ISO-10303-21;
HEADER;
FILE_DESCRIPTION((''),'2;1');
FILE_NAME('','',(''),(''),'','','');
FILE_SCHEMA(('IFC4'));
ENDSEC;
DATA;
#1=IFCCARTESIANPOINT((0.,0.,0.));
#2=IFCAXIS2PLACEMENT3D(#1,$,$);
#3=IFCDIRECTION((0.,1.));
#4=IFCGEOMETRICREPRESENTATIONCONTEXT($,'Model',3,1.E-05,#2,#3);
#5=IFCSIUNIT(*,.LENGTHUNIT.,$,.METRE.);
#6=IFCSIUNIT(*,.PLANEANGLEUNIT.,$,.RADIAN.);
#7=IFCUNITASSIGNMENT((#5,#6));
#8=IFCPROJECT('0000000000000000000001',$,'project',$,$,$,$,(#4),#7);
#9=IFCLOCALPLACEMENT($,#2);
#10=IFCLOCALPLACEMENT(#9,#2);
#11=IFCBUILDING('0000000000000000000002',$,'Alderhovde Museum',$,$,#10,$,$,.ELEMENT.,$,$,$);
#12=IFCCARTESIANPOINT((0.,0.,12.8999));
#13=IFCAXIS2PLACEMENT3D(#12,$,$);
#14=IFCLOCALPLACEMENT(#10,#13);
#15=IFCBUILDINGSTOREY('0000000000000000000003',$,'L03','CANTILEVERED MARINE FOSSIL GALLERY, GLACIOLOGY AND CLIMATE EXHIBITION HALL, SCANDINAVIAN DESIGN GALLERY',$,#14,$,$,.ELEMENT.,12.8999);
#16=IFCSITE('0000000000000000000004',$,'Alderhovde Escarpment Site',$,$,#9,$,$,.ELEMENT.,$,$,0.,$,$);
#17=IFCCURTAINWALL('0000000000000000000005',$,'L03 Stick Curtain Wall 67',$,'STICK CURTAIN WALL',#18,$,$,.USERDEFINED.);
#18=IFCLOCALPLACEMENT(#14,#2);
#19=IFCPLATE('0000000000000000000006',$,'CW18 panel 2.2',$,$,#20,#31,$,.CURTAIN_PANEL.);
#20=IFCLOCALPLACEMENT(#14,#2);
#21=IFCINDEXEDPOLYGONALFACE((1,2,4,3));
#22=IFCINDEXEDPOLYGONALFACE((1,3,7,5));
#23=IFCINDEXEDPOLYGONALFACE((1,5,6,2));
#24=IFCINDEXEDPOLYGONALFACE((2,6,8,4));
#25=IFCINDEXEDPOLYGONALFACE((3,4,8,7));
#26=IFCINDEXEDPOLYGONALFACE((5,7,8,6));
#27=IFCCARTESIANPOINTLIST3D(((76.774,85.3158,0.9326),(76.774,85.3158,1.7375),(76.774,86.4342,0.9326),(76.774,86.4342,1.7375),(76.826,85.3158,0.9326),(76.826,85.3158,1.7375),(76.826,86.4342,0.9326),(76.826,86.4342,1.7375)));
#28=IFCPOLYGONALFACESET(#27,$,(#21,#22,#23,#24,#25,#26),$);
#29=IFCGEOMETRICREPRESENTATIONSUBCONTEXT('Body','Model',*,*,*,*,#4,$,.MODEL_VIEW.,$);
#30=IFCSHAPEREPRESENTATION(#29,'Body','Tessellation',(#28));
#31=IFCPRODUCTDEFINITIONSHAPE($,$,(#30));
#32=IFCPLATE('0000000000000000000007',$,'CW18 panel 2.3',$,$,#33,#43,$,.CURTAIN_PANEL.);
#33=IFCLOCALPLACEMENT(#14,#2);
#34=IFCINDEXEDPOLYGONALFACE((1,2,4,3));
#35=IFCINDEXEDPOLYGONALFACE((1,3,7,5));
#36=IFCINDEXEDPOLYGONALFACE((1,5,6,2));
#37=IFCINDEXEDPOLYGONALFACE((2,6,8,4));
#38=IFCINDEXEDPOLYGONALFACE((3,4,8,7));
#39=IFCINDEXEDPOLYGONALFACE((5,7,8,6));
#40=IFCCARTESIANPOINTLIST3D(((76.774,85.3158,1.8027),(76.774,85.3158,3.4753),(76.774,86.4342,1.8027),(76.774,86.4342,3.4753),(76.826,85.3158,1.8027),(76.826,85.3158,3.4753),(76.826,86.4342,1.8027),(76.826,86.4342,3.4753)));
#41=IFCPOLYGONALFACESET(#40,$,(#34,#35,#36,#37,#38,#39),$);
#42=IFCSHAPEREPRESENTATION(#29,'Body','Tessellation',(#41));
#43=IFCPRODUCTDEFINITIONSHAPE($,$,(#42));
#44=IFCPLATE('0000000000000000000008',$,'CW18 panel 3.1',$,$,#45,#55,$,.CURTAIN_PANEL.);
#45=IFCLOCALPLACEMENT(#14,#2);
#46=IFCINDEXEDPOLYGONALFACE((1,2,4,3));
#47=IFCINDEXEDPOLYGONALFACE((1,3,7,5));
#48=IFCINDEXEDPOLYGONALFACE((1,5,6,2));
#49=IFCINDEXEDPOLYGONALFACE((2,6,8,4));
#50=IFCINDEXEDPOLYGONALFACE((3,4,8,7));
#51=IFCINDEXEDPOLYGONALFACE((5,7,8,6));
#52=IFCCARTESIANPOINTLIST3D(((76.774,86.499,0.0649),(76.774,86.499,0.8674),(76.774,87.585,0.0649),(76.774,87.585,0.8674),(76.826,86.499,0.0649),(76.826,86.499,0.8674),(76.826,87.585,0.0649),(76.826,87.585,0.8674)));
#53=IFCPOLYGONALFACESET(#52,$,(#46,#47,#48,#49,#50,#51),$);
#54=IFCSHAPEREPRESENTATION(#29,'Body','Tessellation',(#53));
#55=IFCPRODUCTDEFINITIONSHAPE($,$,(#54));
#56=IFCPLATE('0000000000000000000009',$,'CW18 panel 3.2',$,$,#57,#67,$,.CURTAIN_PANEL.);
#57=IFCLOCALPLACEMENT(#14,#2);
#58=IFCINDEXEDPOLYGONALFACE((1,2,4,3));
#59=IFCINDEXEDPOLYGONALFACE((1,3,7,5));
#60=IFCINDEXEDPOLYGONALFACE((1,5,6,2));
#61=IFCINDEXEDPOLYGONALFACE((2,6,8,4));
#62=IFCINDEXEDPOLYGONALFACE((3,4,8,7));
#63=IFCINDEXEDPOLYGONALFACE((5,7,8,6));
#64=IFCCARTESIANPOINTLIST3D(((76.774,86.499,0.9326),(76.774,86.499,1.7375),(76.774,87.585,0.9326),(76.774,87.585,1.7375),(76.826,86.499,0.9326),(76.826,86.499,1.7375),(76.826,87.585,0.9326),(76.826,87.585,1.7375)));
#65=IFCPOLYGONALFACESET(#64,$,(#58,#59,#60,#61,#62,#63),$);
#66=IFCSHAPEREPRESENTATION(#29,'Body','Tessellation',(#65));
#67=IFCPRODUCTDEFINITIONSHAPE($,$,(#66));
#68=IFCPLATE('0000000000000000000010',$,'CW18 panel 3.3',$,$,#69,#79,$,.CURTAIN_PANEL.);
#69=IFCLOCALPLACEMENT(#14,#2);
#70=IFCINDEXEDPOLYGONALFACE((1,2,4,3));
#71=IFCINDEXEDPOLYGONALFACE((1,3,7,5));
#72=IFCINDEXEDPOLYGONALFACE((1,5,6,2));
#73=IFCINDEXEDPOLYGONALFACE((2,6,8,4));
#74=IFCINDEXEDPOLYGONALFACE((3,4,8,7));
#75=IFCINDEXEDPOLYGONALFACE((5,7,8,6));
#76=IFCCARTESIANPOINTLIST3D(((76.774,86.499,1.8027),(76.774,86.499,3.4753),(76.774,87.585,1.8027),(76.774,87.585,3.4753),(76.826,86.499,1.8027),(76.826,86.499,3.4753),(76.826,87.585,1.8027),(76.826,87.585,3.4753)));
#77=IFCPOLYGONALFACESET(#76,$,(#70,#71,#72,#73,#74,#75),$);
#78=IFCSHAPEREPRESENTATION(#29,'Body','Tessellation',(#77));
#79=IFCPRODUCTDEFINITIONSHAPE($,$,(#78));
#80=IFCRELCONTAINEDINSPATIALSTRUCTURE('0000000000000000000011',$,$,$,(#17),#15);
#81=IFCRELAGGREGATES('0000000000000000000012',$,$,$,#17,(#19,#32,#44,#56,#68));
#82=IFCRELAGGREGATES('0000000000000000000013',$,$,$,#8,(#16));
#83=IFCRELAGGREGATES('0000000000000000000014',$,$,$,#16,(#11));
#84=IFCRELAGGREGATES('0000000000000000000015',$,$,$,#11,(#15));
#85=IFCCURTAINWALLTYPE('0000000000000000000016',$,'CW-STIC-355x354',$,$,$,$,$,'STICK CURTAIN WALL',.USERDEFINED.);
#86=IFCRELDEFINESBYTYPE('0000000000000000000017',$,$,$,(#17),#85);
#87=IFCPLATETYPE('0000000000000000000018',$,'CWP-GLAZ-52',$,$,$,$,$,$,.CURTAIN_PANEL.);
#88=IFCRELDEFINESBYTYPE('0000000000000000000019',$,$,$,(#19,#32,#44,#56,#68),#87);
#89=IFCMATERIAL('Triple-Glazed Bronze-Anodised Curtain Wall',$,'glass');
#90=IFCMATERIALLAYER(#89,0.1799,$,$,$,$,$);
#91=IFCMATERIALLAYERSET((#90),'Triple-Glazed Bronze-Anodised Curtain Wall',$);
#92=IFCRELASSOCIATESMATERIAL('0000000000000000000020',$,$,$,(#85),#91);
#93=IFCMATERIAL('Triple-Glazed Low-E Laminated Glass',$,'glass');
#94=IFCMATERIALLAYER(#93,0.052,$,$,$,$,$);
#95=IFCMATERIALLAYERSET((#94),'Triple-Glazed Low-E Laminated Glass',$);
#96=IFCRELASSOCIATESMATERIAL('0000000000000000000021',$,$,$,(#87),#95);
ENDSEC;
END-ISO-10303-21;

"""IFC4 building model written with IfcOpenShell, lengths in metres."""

from ifc_helpers import new_model, si_unit, direction, frame, origin, origin_2d, place, context, subcontext, project, spatial, rectangle, extrude, material, layer, layer_set, type_object, element, aggregate, save


model = new_model("IFC4")

# Units and contexts
model_context = context("Model", 3, precision=1e-05, world=origin(), true_north=direction((0.0, 1.0)))
body_context = subcontext(model_context, "Body", "Model", "MODEL_VIEW")
ifc_project = project(units=[si_unit("LENGTHUNIT", "METRE"), si_unit("PLANEANGLEUNIT", "RADIAN")], contexts=[model_context])

# Site, building, storey
site_placement = place(None, origin())
site = spatial("IfcSite", under=ifc_project, at=site_placement, Name="Alderhovde Escarpment Site", CompositionType="ELEMENT", RefElevation=0.0)
building_placement = place(site_placement, origin())
building = spatial("IfcBuilding", under=site, at=building_placement, Name="Alderhovde Museum", CompositionType="ELEMENT")
storey_placement = place(building_placement, frame((0.0, 0.0, 12.8999)))
storey = spatial("IfcBuildingStorey", under=building, at=storey_placement, Name="L03", Description="CANTILEVERED MARINE FOSSIL GALLERY, GLACIOLOGY AND CLIMATE EXHIBITION HALL, SCANDINAVIAN DESIGN GALLERY", CompositionType="ELEMENT", Elevation=12.8999)

# Curtain wall
ifc_material_1 = material(Name="Triple-Glazed Bronze-Anodised Curtain Wall", Category="glass")
ifc_layer_1 = layer(ifc_material_1, 0.1799)
ifc_layer_set_1 = layer_set([ifc_layer_1], Name="Triple-Glazed Bronze-Anodised Curtain Wall")
curtain_wall_type_1 = type_object("IfcCurtainWallType", Name="CW-STIC-355x354", ElementType="STICK CURTAIN WALL", PredefinedType="USERDEFINED", material=ifc_layer_set_1)
curtain_wall_1_placement = place(storey_placement, origin())
curtain_wall_1 = element("IfcCurtainWall", 1, at=curtain_wall_1_placement, inside=storey, type_object=curtain_wall_type_1, Name="L03 Stick Curtain Wall 67", ObjectType="STICK CURTAIN WALL", PredefinedType="USERDEFINED")

# Plates
ifc_material_2 = material(Name="Triple-Glazed Low-E Laminated Glass", Category="glass")
ifc_layer_2 = layer(ifc_material_2, 0.052)
ifc_layer_set_2 = layer_set([ifc_layer_2], Name="Triple-Glazed Low-E Laminated Glass")
plate_type_1 = type_object("IfcPlateType", Name="CWP-GLAZ-52", PredefinedType="CURTAIN_PANEL", material=ifc_layer_set_2)
plate_1_placement = place(storey_placement, frame((76.8, 85.875, 0.9326), z_axis=(0.0, 0.0, 1.0), x_axis=(0.0, 1.0, 0.0)))
plate_1 = element("IfcPlate", 2, at=plate_1_placement, type_object=plate_type_1, Name="CW18 panel 2.2", PredefinedType="CURTAIN_PANEL", context=body_context, shape_type="SweptSolid", body=[
    extrude(rectangle(XDim=1.1184, YDim=0.052, at=origin_2d()), origin(), (0.0, 0.0, 1.0), 0.8049),
])
plate_2_placement = place(storey_placement, frame((76.8, 85.875, 1.8027), z_axis=(0.0, 0.0, 1.0), x_axis=(0.0, 1.0, 0.0)))
plate_2 = element("IfcPlate", 3, at=plate_2_placement, type_object=plate_type_1, Name="CW18 panel 2.3", PredefinedType="CURTAIN_PANEL", context=body_context, shape_type="SweptSolid", body=[
    extrude(rectangle(XDim=1.1184, YDim=0.052, at=origin_2d()), origin(), (0.0, 0.0, 1.0), 1.6726),
])
plate_3_placement = place(storey_placement, frame((76.8, 87.042, 0.0649), z_axis=(0.0, 0.0, 1.0), x_axis=(0.0, 1.0, 0.0)))
plate_3 = element("IfcPlate", 4, at=plate_3_placement, type_object=plate_type_1, Name="CW18 panel 3.1", PredefinedType="CURTAIN_PANEL", context=body_context, shape_type="SweptSolid", body=[
    extrude(rectangle(XDim=1.0859, YDim=0.052, at=origin_2d()), origin(), (0.0, 0.0, 1.0), 0.8025),
])
plate_4_placement = place(storey_placement, frame((76.8, 87.042, 0.9326), z_axis=(0.0, 0.0, 1.0), x_axis=(0.0, 1.0, 0.0)))
plate_4 = element("IfcPlate", 5, at=plate_4_placement, type_object=plate_type_1, Name="CW18 panel 3.2", PredefinedType="CURTAIN_PANEL", context=body_context, shape_type="SweptSolid", body=[
    extrude(rectangle(XDim=1.0859, YDim=0.052, at=origin_2d()), origin(), (0.0, 0.0, 1.0), 0.8049),
])
plate_5_placement = place(storey_placement, frame((76.8, 87.042, 1.8027), z_axis=(0.0, 0.0, 1.0), x_axis=(0.0, 1.0, 0.0)))
plate_5 = element("IfcPlate", 6, at=plate_5_placement, type_object=plate_type_1, Name="CW18 panel 3.3", PredefinedType="CURTAIN_PANEL", context=body_context, shape_type="SweptSolid", body=[
    extrude(rectangle(XDim=1.0859, YDim=0.052, at=origin_2d()), origin(), (0.0, 0.0, 1.0), 1.6726),
])
aggregate(curtain_wall_1, [plate_1, plate_2, plate_3, plate_4, plate_5])

save(model, "model.ifc")
